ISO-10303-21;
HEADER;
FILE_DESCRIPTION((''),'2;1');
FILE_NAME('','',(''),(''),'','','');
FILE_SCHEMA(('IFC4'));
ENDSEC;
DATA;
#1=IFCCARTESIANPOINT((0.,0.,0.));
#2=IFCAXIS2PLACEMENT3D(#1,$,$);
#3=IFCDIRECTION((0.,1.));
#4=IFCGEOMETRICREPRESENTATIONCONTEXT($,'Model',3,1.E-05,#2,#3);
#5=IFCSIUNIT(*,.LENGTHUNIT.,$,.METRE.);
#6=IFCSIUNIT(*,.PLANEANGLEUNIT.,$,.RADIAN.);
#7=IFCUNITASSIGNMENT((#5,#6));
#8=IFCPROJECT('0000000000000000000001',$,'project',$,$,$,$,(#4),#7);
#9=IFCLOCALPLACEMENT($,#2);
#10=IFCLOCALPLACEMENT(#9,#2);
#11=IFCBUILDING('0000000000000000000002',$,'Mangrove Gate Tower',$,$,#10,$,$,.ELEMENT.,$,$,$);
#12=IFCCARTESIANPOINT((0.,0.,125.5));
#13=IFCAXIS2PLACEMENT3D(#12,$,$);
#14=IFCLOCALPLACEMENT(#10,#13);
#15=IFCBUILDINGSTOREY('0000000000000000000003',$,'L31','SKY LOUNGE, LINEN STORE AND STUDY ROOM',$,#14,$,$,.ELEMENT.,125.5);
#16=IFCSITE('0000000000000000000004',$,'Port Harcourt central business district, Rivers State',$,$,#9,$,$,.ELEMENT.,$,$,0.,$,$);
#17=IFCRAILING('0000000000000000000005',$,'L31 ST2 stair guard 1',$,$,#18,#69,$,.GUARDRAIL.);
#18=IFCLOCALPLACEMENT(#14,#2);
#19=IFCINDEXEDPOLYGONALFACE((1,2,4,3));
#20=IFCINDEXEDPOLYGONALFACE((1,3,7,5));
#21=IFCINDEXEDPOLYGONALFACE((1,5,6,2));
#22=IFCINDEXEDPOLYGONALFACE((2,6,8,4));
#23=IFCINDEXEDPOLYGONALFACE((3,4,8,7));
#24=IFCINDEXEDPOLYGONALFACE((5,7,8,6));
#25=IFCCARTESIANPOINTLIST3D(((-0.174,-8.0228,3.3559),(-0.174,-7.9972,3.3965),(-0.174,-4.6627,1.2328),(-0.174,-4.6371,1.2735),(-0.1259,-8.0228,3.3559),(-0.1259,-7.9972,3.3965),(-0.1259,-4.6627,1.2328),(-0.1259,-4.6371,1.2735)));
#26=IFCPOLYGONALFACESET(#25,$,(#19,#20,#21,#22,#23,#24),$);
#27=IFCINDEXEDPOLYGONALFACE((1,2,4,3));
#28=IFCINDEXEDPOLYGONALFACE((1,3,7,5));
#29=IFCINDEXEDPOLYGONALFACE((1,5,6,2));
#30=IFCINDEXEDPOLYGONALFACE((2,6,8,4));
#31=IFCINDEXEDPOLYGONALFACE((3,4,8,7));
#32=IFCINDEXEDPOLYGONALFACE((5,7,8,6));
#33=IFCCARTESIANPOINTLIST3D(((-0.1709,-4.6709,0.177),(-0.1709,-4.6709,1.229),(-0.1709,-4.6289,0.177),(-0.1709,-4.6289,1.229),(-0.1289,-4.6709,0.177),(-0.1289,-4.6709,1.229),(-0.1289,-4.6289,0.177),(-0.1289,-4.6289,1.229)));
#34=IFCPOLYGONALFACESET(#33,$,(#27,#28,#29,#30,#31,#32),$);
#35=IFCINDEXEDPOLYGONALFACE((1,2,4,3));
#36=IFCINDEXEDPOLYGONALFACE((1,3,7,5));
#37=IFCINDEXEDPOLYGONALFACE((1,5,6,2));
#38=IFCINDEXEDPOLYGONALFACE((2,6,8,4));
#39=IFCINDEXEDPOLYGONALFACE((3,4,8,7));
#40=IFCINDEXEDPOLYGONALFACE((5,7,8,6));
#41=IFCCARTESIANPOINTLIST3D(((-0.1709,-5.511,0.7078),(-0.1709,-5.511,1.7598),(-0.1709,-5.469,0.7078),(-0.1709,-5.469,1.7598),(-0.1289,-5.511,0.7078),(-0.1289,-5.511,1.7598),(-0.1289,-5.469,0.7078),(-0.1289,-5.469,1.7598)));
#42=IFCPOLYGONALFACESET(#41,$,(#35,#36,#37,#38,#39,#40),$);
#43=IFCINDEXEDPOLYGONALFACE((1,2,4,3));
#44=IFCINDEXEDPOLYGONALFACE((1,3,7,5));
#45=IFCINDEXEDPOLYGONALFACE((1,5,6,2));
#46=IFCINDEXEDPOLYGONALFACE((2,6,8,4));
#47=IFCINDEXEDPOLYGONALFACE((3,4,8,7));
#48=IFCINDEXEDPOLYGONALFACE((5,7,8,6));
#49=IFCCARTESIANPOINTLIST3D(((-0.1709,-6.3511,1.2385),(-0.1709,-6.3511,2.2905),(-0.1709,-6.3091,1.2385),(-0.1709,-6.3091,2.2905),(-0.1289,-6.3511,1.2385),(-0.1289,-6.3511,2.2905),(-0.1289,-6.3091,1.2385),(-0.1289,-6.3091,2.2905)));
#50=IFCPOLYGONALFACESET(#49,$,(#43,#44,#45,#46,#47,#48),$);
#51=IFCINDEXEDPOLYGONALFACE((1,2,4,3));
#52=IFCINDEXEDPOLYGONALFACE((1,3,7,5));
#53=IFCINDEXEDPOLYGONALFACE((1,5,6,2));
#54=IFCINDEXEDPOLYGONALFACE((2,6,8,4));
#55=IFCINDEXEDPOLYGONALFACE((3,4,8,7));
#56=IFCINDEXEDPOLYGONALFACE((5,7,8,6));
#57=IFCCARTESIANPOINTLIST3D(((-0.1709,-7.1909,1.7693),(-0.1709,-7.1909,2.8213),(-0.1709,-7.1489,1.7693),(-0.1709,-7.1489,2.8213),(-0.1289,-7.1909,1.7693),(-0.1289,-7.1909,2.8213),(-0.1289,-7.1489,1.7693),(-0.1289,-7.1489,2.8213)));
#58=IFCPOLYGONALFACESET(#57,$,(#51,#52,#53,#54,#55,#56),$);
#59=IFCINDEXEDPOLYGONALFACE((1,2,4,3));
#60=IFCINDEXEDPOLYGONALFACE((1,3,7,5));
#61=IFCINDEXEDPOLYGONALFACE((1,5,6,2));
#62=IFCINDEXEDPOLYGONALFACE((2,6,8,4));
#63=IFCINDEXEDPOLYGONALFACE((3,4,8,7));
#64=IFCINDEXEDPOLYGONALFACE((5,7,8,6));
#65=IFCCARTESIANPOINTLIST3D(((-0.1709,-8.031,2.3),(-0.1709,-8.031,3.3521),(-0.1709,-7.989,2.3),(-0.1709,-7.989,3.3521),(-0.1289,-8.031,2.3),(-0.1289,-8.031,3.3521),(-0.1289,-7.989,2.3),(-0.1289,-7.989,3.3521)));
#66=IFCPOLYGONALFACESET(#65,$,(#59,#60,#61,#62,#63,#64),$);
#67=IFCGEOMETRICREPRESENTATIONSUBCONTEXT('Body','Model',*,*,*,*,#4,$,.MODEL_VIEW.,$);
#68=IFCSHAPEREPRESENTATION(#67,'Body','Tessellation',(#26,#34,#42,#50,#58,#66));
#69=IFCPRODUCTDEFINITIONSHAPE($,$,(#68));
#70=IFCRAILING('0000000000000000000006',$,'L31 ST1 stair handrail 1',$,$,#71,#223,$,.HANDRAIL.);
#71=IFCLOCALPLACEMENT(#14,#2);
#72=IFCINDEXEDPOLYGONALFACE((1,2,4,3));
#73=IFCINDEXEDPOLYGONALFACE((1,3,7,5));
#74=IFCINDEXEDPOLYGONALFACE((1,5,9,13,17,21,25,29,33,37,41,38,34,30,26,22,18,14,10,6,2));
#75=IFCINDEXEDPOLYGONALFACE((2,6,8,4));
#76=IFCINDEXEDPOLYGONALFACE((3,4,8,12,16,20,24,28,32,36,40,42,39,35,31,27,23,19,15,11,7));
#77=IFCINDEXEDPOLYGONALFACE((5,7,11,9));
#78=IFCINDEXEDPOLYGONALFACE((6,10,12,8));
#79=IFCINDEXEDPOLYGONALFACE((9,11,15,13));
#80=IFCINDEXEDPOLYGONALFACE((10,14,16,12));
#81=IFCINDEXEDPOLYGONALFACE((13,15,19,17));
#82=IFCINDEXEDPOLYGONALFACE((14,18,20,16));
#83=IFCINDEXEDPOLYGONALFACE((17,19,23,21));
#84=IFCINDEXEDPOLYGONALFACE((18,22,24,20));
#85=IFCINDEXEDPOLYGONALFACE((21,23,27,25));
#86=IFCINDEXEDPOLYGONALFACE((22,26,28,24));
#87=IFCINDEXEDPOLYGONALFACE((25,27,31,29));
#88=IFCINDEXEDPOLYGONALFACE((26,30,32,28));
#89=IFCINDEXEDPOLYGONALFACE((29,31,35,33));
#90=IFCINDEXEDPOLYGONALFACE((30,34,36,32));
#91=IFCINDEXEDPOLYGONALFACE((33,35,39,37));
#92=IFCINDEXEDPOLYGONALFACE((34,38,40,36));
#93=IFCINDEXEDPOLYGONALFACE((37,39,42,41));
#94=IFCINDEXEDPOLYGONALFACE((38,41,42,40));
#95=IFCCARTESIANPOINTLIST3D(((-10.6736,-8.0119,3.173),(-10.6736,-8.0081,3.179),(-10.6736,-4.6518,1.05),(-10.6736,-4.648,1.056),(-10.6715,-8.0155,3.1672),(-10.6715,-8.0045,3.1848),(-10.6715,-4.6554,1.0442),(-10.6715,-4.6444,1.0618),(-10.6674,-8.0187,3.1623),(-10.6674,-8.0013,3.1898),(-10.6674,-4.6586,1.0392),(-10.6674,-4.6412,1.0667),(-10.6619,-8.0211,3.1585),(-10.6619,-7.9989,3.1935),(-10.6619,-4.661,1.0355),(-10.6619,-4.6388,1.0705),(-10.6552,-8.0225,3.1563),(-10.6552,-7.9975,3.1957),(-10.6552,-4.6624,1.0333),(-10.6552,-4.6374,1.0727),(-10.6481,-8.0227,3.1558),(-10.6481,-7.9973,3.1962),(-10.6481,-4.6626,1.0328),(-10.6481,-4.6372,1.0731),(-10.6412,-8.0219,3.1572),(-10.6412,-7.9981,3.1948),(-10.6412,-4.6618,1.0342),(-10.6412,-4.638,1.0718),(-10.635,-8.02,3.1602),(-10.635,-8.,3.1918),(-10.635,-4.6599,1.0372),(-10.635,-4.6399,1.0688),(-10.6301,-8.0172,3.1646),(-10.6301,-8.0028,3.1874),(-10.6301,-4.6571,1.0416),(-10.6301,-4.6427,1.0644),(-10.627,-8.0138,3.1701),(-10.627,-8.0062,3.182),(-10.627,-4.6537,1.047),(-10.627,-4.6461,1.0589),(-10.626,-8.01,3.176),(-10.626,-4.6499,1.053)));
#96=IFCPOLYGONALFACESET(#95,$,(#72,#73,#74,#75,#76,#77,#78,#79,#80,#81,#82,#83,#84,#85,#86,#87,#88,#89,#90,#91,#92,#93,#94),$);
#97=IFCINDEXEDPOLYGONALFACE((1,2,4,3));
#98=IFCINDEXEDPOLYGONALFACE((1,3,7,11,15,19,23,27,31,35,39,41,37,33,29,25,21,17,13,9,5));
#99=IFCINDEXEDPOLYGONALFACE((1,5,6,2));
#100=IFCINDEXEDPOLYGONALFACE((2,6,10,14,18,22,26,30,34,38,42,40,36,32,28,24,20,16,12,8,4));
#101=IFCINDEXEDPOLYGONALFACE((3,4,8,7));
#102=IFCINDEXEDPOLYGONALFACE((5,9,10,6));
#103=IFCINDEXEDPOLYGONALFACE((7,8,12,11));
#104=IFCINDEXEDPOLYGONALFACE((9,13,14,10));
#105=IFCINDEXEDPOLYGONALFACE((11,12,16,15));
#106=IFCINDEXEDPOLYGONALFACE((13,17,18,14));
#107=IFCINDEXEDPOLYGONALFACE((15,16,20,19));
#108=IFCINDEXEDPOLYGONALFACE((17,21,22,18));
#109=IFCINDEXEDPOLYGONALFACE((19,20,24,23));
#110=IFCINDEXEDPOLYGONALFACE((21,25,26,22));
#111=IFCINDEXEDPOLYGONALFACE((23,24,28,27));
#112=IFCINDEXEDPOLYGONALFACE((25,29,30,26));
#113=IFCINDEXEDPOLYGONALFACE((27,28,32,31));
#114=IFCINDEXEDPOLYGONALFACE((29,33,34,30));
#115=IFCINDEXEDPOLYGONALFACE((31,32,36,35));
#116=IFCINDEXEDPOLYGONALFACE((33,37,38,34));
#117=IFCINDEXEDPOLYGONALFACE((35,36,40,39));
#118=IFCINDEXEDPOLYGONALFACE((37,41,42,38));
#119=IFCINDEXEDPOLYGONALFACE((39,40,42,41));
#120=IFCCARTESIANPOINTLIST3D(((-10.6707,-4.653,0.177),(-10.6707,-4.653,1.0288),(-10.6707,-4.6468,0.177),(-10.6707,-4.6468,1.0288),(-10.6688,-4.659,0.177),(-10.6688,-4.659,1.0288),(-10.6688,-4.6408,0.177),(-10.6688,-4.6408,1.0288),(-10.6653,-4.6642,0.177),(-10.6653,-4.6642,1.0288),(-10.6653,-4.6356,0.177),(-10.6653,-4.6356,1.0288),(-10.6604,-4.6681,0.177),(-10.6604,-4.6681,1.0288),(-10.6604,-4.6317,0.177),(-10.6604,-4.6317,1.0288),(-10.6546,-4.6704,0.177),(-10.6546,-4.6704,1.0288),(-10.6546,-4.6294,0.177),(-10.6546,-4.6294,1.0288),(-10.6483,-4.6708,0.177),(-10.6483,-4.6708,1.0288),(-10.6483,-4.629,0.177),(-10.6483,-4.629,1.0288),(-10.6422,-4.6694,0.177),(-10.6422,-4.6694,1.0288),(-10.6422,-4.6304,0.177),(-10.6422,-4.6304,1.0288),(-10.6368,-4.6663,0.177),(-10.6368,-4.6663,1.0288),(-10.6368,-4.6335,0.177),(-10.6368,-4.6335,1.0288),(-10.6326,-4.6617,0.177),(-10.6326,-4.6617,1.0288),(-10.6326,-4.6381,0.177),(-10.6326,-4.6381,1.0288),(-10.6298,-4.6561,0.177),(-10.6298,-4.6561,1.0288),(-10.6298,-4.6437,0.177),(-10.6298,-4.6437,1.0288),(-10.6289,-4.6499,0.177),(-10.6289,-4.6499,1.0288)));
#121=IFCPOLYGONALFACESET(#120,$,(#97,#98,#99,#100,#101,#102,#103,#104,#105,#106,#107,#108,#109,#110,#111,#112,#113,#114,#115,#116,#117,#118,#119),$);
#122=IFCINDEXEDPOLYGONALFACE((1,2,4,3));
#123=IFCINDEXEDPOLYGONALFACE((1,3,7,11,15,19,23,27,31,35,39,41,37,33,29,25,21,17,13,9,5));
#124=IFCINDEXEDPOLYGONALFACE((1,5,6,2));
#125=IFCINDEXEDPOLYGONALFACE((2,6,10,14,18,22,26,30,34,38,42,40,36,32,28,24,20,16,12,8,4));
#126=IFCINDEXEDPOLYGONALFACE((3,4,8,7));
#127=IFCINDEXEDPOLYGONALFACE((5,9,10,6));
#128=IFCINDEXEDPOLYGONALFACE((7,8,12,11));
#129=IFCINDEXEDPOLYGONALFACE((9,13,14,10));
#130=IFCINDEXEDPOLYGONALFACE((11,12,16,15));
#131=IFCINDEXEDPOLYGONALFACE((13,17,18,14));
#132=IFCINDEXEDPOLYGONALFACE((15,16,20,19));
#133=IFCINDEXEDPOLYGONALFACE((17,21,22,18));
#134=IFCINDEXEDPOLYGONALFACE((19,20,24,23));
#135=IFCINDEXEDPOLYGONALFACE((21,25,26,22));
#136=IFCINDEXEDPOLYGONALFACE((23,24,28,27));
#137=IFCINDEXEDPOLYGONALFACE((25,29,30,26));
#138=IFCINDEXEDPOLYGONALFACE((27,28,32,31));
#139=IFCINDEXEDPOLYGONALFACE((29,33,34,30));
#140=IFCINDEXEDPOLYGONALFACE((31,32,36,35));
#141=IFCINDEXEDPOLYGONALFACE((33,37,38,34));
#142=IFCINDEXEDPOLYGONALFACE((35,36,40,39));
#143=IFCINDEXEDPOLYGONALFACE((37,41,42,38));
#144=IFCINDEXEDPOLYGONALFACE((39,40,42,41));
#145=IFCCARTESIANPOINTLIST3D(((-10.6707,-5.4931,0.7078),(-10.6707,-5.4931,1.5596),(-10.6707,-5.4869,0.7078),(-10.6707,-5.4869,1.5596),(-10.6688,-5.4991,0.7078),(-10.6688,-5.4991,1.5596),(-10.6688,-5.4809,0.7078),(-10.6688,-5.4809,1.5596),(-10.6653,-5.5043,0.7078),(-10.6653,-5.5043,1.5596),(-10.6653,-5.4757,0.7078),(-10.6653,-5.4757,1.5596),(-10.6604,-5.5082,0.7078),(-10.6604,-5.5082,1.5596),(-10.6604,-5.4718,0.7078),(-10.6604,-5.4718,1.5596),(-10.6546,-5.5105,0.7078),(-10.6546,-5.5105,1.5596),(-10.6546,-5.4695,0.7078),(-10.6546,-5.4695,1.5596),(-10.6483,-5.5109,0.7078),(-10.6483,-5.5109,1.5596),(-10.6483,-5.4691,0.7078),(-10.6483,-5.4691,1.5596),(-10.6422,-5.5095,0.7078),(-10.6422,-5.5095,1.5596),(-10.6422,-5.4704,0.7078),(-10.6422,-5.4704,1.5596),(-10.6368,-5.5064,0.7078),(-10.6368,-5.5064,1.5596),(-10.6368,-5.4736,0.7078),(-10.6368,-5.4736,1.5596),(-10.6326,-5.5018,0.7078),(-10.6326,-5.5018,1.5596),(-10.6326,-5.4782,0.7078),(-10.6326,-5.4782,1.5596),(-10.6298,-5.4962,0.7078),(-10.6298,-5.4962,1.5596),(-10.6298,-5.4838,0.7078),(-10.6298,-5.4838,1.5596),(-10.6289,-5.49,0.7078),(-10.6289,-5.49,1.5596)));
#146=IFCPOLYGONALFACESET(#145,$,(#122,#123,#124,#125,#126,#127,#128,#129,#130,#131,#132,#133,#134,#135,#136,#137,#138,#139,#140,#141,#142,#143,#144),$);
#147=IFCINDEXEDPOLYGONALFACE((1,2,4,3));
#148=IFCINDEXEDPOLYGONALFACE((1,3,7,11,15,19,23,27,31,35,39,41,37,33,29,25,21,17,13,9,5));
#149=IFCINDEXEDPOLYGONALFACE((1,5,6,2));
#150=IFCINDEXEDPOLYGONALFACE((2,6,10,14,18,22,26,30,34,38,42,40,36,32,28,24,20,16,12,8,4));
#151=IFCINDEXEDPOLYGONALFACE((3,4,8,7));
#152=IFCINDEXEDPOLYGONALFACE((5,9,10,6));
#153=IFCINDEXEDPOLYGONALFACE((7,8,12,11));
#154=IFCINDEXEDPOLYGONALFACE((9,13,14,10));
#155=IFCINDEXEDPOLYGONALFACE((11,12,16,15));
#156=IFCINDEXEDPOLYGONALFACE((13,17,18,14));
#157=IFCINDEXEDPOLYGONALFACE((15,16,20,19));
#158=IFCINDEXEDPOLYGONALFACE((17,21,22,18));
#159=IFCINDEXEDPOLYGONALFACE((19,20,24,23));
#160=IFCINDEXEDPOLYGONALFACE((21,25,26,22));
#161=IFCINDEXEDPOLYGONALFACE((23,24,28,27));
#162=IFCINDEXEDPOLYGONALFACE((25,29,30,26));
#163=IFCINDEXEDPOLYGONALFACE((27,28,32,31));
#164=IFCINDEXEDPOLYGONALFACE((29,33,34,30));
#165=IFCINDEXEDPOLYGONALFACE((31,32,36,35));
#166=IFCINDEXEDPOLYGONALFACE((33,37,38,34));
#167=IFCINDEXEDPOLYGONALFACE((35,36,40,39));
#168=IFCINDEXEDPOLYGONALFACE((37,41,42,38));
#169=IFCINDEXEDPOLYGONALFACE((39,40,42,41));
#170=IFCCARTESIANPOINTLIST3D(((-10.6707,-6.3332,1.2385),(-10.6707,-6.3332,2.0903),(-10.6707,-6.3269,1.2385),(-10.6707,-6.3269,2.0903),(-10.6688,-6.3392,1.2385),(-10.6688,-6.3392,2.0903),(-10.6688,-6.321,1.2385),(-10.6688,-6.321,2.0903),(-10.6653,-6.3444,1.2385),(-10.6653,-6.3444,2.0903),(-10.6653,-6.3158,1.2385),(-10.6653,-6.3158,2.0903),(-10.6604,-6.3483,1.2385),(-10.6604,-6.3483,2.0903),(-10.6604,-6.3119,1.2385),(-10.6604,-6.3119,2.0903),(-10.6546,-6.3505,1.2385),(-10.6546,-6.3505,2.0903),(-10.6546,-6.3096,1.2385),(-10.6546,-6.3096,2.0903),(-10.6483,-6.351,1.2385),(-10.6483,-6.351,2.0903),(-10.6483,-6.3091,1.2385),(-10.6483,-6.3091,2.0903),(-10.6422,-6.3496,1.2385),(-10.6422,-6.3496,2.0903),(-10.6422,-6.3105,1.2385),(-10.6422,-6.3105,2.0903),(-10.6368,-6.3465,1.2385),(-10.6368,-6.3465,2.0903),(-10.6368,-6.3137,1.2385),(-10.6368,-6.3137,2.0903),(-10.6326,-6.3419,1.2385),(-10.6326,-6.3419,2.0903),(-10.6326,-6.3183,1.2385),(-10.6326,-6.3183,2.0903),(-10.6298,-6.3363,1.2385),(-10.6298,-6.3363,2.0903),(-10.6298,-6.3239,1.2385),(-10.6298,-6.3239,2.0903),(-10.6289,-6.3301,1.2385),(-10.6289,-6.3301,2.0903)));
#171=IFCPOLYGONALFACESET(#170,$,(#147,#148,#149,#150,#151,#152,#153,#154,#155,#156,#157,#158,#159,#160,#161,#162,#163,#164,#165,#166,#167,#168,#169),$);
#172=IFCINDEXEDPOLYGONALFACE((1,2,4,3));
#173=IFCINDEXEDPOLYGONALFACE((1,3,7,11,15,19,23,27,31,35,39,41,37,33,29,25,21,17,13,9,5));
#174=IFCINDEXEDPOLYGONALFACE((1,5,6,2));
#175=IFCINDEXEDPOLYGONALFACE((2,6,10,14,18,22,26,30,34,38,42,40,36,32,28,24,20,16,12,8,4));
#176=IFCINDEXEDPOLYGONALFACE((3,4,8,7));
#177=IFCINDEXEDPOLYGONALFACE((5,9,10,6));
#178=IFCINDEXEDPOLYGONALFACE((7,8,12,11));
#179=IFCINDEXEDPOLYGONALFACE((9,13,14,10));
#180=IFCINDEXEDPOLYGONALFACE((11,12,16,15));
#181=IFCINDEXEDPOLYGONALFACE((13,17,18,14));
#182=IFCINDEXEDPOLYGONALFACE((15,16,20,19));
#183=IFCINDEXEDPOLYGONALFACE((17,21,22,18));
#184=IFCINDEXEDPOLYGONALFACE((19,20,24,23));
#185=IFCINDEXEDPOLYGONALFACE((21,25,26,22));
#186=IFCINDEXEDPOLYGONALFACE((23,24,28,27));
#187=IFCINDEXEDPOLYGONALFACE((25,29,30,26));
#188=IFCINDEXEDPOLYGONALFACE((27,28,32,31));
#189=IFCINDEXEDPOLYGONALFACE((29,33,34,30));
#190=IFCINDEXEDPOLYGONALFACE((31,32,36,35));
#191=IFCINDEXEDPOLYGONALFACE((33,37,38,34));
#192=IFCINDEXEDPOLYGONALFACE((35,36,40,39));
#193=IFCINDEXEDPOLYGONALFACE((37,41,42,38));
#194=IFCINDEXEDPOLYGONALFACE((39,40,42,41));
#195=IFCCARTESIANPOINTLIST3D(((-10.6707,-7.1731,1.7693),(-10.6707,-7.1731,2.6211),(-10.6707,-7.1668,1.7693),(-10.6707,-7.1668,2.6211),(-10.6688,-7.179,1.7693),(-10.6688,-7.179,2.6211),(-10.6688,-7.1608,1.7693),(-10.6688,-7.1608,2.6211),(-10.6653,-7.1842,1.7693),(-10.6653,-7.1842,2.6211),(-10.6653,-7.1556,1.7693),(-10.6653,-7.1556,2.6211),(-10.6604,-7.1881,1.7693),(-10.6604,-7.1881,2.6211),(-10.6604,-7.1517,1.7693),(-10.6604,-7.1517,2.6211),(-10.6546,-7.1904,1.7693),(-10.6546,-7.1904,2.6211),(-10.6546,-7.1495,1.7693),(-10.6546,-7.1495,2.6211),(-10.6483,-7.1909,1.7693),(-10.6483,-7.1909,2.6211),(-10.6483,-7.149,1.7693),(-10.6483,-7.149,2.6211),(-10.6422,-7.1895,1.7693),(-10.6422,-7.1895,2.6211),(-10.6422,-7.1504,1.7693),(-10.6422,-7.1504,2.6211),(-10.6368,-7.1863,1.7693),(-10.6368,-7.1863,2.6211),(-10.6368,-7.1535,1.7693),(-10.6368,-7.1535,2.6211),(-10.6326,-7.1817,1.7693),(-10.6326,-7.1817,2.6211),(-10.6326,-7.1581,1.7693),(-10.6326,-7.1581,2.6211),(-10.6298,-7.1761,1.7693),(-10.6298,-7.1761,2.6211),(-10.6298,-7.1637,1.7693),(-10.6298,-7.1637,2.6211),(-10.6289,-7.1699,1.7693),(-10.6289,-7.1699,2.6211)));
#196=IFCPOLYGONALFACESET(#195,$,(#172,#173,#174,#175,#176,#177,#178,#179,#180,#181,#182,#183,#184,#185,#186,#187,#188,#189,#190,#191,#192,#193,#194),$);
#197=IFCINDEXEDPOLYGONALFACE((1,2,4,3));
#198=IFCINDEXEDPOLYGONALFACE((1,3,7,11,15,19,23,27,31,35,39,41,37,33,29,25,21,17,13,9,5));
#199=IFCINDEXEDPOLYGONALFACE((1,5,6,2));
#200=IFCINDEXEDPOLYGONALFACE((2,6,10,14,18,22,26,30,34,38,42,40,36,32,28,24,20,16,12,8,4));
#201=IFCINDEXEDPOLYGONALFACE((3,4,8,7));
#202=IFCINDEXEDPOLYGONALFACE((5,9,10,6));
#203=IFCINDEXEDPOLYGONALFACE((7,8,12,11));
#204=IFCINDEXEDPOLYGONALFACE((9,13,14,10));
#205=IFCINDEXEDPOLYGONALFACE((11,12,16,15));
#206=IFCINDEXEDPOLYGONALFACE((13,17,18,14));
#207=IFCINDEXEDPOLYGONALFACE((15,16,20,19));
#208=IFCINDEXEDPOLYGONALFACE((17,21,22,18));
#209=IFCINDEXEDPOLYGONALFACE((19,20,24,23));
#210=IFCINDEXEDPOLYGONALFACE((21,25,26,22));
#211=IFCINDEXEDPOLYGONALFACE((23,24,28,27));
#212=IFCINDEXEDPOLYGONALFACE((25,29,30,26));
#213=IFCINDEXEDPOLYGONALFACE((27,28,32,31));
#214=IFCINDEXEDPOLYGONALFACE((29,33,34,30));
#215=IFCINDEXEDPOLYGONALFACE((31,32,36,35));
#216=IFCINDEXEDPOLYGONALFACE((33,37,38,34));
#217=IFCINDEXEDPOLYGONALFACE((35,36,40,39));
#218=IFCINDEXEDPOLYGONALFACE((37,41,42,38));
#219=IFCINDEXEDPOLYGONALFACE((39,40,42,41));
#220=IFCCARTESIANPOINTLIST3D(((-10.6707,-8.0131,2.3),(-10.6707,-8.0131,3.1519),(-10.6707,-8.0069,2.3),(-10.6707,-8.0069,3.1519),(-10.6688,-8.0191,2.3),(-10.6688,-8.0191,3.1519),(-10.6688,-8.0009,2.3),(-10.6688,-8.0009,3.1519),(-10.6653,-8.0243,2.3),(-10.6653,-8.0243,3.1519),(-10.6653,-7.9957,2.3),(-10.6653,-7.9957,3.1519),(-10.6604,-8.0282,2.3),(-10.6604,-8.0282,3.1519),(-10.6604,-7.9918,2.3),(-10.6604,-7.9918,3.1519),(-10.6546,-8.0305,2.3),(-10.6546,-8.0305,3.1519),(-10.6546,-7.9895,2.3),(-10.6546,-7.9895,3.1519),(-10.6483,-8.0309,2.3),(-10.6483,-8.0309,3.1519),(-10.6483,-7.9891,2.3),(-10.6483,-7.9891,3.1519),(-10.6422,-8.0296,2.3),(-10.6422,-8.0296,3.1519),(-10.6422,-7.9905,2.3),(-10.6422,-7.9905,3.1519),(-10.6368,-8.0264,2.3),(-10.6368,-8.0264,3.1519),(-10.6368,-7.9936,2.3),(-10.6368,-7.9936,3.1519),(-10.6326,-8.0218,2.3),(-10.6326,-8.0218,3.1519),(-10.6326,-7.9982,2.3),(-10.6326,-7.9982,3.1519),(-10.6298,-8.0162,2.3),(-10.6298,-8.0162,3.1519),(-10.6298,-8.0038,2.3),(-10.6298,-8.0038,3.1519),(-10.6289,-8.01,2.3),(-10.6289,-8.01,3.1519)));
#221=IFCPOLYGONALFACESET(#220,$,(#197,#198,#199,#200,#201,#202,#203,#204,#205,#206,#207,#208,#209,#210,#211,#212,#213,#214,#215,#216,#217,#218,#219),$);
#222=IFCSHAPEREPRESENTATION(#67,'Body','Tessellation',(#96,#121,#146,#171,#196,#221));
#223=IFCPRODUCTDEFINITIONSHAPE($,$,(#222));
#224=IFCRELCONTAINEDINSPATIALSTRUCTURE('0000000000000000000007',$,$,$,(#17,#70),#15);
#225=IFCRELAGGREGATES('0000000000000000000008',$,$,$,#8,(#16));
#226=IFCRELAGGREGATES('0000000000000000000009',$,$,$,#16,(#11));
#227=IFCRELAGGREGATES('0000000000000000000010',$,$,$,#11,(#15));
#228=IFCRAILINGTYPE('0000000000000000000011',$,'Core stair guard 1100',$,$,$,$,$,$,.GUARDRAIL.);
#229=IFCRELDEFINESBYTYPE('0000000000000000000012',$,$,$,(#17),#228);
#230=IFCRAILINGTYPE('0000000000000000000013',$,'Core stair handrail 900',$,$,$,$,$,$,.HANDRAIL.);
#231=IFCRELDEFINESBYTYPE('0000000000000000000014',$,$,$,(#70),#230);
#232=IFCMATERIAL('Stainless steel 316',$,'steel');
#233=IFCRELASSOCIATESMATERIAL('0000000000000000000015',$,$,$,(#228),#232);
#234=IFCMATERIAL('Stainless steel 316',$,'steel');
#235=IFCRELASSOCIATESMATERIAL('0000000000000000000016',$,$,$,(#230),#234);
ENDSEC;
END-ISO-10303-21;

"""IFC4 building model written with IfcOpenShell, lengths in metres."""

from ifc_helpers import new_model, si_unit, direction, frame, origin, origin_2d, place, context, subcontext, project, spatial, rectangle, circle, extrude, material, type_object, element, save


model = new_model("IFC4")

# Units and contexts
model_context = context("Model", 3, precision=1e-05, world=origin(), true_north=direction((0.0, 1.0)))
body_context = subcontext(model_context, "Body", "Model", "MODEL_VIEW")
ifc_project = project(units=[si_unit("LENGTHUNIT", "METRE"), si_unit("PLANEANGLEUNIT", "RADIAN")], contexts=[model_context])

# Site, building, storey
site_placement = place(None, origin())
site = spatial("IfcSite", under=ifc_project, at=site_placement, Name="Port Harcourt central business district, Rivers State", CompositionType="ELEMENT", RefElevation=0.0)
building_placement = place(site_placement, origin())
building = spatial("IfcBuilding", under=site, at=building_placement, Name="Mangrove Gate Tower", CompositionType="ELEMENT")
storey_placement = place(building_placement, frame((0.0, 0.0, 125.5)))
storey = spatial("IfcBuildingStorey", under=building, at=storey_placement, Name="L31", Description="SKY LOUNGE, LINEN STORE AND STUDY ROOM", CompositionType="ELEMENT", Elevation=125.5)

# Railings
ifc_material_1 = material(Name="Stainless steel 316", Category="steel")
railing_type_1 = type_object("IfcRailingType", Name="Core stair guard 1100", PredefinedType="GUARDRAIL", material=ifc_material_1)
railing_1_placement = place(storey_placement, frame((-0.1499, -4.6499, 0.177)))
element("IfcRailing", 1, at=railing_1_placement, inside=storey, type_object=railing_type_1, Name="L31 ST2 stair guard 1", PredefinedType="GUARDRAIL", context=body_context, shape_type="SweptSolid", body=[
    extrude(rectangle(XDim=0.0481, YDim=0.0481, at=origin_2d()), frame((0.0, 0.0, 1.0762), z_axis=(0.0, -0.84539, 0.53415), x_axis=(1.0, 0.0, 0.0)), (0.0, 0.0, 1.0), 3.9746),
    extrude(rectangle(XDim=0.042, YDim=0.042, at=origin_2d()), origin(), (0.0, 0.0, 1.0), 1.052),
    extrude(rectangle(XDim=0.042, YDim=0.042, at=origin_2d()), frame((0.0, -0.8401, 0.5308)), (0.0, 0.0, 1.0), 1.052),
    extrude(rectangle(XDim=0.042, YDim=0.042, at=origin_2d()), frame((0.0, -1.6802, 1.0615)), (0.0, 0.0, 1.0), 1.052),
    extrude(rectangle(XDim=0.042, YDim=0.042, at=origin_2d()), frame((0.0, -2.52, 1.5923)), (0.0, 0.0, 1.0), 1.052),
    extrude(rectangle(XDim=0.042, YDim=0.042, at=origin_2d()), frame((0.0, -3.3601, 2.123)), (0.0, 0.0, 1.0), 1.052),
])
ifc_material_2 = material(Name="Stainless steel 316", Category="steel")
railing_type_2 = type_object("IfcRailingType", Name="Core stair handrail 900", PredefinedType="HANDRAIL", material=ifc_material_2)
railing_2_placement = place(storey_placement, frame((-10.6499, -4.6499, 0.177)))
element("IfcRailing", 2, at=railing_2_placement, inside=storey, type_object=railing_type_2, Name="L31 ST1 stair handrail 1", PredefinedType="HANDRAIL", context=body_context, shape_type="SweptSolid", body=[
    extrude(circle(Radius=0.0239, at=origin_2d()), frame((0.0, 0.0, 0.876), z_axis=(0.0, -0.84539, 0.53415), x_axis=(1.0, 0.0, 0.0)), (0.0, 0.0, 1.0), 3.9746),
    extrude(circle(Radius=0.021, at=origin_2d()), origin(), (0.0, 0.0, 1.0), 0.8518),
    extrude(circle(Radius=0.021, at=origin_2d()), frame((0.0, -0.8401, 0.5308)), (0.0, 0.0, 1.0), 0.8518),
    extrude(circle(Radius=0.021, at=origin_2d()), frame((0.0, -1.6802, 1.0615)), (0.0, 0.0, 1.0), 0.8518),
    extrude(circle(Radius=0.021, at=origin_2d()), frame((0.0, -2.52, 1.5923)), (0.0, 0.0, 1.0), 0.8518),
    extrude(circle(Radius=0.021, at=origin_2d()), frame((0.0, -3.3601, 2.123)), (0.0, 0.0, 1.0), 0.8518),
])

save(model, "model.ifc")
